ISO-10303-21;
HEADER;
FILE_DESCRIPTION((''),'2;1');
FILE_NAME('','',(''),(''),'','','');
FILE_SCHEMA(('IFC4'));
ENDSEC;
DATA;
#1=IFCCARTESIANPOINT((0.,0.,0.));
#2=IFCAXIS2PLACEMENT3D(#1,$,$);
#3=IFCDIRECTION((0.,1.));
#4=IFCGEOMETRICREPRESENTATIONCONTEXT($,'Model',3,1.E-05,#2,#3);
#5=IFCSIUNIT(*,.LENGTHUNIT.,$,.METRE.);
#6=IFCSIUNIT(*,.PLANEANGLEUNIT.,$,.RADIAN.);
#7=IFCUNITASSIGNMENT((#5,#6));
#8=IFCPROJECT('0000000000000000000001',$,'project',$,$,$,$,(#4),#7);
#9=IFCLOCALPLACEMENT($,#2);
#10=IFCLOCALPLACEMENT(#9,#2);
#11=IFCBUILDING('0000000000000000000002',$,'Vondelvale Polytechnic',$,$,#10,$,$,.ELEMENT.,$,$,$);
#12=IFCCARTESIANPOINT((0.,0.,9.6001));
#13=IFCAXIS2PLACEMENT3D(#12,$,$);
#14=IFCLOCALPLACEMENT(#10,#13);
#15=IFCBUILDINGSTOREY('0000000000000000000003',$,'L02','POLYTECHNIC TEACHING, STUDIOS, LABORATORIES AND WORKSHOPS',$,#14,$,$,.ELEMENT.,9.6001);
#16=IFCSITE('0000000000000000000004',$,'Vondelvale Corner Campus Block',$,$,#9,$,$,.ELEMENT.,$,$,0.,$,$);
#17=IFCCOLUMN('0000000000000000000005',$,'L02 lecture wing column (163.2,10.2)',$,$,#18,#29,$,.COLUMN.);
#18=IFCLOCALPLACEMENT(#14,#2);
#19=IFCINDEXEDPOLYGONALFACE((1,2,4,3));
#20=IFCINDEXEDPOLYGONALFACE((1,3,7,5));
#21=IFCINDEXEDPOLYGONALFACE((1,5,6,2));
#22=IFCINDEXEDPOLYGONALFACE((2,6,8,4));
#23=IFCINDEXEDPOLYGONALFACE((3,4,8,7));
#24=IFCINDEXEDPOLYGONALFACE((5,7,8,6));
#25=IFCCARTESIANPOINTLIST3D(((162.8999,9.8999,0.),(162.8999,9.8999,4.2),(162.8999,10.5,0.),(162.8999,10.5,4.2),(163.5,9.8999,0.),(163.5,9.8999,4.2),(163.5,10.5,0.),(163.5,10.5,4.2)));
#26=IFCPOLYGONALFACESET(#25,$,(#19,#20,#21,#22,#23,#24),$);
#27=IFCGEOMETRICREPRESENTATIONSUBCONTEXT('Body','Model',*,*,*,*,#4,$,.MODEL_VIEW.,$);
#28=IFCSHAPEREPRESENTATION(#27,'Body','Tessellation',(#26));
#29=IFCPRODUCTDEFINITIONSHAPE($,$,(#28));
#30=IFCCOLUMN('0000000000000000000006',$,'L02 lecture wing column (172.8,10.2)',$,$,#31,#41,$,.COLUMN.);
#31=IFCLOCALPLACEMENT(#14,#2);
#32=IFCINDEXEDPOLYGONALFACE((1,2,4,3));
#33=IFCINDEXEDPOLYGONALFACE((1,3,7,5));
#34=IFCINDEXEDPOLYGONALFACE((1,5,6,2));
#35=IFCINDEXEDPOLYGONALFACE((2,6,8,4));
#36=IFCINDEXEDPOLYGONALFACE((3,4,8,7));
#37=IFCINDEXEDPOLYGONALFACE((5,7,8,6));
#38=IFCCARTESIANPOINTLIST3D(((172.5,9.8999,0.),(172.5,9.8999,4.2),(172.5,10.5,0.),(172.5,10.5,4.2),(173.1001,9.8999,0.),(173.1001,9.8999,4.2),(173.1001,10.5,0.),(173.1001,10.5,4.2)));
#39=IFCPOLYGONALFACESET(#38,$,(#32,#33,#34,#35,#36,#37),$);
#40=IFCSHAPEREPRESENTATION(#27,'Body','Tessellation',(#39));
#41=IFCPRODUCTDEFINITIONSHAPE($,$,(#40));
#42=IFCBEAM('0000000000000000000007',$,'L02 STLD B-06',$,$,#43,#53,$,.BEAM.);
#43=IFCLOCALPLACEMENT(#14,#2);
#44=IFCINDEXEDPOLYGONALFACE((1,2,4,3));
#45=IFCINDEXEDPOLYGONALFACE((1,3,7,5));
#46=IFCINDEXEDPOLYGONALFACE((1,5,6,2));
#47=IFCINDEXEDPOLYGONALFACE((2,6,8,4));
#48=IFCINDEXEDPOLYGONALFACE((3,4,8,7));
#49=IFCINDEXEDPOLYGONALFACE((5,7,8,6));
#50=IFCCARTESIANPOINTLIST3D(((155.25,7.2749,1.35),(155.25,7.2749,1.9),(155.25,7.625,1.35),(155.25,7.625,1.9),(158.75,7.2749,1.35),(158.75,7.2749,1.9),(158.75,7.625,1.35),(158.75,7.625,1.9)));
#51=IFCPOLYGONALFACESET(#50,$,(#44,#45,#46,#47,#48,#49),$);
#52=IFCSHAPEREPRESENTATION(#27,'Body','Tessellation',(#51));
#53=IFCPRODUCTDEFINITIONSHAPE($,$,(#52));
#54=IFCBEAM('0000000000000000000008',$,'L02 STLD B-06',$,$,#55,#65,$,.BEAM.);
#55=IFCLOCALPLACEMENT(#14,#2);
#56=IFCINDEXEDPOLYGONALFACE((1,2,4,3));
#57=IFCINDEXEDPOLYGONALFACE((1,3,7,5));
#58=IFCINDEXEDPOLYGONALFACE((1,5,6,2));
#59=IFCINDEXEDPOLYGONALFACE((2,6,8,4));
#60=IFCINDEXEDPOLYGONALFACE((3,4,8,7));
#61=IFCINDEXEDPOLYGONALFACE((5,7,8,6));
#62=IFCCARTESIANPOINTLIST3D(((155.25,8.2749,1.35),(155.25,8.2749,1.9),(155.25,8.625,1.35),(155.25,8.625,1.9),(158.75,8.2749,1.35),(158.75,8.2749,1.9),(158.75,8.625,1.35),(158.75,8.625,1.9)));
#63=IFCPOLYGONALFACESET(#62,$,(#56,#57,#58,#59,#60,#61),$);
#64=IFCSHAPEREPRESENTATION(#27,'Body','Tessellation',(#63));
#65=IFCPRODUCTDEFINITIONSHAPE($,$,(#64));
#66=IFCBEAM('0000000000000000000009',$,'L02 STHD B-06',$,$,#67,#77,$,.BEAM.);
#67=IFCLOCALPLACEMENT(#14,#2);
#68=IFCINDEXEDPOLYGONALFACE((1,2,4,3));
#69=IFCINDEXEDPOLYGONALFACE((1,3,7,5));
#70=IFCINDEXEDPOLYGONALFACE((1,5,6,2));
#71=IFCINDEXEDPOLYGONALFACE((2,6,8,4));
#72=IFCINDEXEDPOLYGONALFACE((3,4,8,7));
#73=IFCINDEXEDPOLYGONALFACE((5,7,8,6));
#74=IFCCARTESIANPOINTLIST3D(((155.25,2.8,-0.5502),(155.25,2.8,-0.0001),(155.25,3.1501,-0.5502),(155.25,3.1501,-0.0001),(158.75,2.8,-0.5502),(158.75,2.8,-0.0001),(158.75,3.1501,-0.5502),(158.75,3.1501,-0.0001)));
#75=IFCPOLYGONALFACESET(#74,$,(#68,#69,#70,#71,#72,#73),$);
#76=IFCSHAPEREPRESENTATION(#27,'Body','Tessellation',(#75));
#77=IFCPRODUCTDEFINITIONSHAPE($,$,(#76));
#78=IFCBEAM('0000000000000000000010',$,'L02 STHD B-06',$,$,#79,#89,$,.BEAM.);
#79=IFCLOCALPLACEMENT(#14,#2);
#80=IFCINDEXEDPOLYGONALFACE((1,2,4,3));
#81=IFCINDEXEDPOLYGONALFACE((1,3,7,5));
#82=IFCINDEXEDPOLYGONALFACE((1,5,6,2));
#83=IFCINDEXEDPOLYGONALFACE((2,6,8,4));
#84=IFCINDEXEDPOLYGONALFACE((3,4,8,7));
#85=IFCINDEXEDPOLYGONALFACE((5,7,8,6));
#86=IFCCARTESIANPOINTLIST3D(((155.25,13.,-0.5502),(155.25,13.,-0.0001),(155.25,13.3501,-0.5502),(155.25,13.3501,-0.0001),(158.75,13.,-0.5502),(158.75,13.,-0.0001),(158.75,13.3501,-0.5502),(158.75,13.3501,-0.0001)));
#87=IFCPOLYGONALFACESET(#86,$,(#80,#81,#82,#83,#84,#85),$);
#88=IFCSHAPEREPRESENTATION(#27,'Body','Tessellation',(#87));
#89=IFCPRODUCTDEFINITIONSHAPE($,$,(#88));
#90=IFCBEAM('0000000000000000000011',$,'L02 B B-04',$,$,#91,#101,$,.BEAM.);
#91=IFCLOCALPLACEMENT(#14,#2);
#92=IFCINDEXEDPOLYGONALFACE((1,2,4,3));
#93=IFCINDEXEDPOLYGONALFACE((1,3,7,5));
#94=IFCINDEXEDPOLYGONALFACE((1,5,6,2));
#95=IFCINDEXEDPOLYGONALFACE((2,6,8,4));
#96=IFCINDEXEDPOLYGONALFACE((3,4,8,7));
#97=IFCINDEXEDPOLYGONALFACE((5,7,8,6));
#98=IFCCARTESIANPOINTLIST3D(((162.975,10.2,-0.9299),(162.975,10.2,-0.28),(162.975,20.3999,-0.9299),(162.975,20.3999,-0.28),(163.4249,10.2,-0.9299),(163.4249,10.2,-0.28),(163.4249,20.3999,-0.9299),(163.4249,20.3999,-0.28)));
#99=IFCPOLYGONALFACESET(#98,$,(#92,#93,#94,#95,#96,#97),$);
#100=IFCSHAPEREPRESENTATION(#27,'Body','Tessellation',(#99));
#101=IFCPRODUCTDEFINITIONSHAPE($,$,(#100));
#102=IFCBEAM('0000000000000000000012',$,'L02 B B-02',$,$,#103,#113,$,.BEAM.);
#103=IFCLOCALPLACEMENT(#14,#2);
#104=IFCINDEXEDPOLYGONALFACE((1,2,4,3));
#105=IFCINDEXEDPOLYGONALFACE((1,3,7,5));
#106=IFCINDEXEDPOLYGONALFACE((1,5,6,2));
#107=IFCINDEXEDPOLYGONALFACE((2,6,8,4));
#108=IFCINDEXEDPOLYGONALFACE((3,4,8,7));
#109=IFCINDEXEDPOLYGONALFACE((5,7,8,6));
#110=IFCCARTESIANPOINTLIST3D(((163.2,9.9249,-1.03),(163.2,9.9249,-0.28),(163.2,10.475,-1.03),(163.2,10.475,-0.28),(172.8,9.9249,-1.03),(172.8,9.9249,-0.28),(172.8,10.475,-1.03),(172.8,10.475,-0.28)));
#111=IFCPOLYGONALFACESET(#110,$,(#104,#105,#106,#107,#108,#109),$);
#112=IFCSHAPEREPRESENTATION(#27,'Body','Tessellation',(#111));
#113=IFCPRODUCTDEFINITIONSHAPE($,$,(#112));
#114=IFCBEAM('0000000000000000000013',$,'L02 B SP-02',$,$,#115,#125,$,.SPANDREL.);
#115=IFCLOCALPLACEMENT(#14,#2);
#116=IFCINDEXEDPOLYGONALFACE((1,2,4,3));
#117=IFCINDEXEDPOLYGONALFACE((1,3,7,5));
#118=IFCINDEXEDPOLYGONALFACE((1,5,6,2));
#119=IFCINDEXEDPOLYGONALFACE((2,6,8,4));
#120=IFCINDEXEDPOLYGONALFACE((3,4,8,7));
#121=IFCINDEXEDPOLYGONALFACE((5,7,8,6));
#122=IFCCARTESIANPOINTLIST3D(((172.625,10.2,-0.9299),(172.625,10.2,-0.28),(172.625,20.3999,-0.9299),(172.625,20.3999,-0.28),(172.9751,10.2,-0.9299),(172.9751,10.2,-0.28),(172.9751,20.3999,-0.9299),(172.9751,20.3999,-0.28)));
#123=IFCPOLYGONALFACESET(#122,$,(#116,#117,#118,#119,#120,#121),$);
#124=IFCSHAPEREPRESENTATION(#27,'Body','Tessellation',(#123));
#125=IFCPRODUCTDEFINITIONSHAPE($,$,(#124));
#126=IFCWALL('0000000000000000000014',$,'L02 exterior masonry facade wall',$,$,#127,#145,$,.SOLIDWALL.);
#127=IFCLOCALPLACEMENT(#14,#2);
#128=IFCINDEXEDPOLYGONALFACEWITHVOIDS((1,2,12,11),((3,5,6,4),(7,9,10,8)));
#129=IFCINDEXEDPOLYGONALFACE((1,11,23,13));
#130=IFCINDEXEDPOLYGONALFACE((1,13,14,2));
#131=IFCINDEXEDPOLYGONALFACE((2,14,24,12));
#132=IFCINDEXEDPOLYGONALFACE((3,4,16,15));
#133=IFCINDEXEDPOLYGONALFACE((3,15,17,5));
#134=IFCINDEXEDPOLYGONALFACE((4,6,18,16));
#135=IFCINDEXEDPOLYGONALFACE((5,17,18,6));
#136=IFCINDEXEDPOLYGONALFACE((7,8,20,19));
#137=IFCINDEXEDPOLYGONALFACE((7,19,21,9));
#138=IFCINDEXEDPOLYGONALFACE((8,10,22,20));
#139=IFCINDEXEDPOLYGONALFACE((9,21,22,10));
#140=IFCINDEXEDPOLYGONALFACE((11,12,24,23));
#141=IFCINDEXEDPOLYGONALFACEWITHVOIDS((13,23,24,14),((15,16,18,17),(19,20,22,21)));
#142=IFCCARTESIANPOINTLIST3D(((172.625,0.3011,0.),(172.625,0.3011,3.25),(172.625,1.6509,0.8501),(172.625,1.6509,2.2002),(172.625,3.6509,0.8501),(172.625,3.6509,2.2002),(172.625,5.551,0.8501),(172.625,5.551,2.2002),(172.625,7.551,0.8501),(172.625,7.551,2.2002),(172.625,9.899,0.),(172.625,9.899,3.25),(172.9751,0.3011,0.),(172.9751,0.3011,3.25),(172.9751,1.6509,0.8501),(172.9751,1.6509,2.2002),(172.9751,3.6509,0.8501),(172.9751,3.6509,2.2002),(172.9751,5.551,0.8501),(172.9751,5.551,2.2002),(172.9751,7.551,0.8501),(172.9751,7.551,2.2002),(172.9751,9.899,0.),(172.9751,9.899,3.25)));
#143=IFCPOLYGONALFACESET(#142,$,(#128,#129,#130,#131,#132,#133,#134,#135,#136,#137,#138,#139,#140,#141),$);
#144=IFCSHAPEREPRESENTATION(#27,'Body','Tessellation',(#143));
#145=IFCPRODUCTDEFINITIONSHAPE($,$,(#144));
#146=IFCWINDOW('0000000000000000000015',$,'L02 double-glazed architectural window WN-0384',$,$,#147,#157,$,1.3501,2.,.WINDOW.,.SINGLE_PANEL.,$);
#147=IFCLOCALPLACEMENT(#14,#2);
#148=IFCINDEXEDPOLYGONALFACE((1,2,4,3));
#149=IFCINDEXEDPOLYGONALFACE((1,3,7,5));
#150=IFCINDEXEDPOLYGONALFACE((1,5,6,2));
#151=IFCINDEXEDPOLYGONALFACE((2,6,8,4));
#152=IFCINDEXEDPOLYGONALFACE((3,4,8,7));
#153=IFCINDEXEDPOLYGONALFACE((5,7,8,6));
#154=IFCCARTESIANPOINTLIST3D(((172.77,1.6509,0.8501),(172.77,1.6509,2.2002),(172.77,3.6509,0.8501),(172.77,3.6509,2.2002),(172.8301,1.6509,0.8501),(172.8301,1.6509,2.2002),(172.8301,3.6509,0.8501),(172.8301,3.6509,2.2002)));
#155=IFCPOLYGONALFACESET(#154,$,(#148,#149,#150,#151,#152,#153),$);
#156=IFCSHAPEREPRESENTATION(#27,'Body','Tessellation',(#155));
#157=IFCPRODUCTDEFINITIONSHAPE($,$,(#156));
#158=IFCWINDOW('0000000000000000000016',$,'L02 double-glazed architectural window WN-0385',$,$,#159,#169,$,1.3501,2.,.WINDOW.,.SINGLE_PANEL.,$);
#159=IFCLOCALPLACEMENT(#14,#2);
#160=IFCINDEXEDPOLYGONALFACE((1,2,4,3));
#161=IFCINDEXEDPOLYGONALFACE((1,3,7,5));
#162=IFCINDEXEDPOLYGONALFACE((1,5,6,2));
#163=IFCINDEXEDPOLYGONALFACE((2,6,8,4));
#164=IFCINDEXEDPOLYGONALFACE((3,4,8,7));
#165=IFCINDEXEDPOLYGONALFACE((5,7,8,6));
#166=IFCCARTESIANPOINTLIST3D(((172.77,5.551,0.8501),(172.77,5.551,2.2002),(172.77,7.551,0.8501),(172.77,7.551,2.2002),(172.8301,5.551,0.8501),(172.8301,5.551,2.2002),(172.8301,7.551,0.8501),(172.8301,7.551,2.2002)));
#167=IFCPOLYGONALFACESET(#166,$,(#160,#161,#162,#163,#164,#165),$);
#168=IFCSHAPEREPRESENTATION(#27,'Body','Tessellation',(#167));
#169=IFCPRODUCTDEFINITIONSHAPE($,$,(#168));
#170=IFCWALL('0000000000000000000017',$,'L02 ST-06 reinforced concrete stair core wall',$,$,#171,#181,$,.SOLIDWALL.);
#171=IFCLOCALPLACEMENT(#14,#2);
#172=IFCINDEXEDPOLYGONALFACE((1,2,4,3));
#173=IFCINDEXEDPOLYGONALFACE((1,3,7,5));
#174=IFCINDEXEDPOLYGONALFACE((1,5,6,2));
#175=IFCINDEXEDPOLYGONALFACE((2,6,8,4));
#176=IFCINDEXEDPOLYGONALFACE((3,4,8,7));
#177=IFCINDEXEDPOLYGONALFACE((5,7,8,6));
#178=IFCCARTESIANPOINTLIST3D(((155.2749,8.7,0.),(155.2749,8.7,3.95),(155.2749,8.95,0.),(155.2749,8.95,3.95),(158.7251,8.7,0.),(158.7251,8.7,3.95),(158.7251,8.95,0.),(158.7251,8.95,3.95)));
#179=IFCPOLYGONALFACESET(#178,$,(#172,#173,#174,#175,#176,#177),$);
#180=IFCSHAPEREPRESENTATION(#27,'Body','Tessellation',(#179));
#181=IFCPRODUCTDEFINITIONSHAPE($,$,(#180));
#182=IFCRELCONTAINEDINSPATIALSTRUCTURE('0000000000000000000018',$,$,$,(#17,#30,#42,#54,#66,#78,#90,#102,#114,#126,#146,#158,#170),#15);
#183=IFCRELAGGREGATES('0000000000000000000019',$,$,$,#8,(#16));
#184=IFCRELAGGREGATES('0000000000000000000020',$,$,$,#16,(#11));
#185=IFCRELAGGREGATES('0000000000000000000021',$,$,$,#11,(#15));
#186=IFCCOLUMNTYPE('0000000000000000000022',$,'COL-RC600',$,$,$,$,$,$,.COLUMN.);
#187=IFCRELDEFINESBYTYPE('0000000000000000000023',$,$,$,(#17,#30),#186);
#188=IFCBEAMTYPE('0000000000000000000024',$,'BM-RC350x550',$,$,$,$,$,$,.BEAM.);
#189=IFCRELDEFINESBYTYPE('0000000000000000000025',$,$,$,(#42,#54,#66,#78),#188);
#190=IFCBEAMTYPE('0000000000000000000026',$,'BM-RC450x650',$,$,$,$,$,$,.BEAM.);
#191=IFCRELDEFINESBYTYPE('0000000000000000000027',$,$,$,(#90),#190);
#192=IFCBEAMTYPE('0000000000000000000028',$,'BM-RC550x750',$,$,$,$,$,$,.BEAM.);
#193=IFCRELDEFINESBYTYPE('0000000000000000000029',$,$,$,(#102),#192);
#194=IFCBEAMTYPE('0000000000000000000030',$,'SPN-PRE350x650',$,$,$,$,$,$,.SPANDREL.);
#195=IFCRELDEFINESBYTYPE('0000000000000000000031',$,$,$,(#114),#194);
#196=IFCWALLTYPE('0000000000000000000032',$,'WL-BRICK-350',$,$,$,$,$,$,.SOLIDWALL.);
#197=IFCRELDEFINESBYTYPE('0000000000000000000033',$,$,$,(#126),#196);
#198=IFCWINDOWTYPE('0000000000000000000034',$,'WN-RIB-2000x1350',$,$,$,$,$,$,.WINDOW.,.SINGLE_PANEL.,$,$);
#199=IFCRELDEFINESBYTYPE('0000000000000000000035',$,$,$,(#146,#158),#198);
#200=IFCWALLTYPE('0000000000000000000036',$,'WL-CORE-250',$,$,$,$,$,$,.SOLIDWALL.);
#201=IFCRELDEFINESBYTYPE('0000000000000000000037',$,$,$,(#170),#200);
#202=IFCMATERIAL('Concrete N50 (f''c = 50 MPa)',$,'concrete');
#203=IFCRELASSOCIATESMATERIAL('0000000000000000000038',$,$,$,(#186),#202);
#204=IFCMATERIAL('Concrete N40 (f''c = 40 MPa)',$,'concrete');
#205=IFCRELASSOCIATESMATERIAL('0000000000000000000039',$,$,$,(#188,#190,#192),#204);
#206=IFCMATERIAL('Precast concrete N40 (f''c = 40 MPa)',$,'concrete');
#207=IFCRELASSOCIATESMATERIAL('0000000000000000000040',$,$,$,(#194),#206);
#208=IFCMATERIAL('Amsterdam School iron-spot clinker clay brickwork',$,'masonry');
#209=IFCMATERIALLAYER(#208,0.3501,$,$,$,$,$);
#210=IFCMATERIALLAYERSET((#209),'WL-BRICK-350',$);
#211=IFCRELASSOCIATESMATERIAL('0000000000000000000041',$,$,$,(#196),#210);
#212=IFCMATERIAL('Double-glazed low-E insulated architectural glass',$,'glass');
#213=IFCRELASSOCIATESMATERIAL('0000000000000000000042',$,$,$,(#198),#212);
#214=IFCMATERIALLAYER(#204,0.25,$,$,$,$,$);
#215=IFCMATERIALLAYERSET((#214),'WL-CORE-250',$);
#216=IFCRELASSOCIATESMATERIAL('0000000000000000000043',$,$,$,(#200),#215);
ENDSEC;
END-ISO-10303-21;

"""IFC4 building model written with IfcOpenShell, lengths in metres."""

from ifc_helpers import new_model, si_unit, direction, frame, frame_2d, origin, origin_2d, place, context, subcontext, project, spatial, rectangle, extrude, material, layer, layer_set, material_profile, profile_set, type_object, element, fill, save


model = new_model("IFC4")

# Units and contexts
model_context = context("Model", 3, precision=1e-05, world=origin(), true_north=direction((0.0, 1.0)))
body_context = subcontext(model_context, "Body", "Model", "MODEL_VIEW")
ifc_project = project(units=[si_unit("LENGTHUNIT", "METRE"), si_unit("PLANEANGLEUNIT", "RADIAN")], contexts=[model_context])

# Site, building, storey
site_placement = place(None, origin())
site = spatial("IfcSite", under=ifc_project, at=site_placement, Name="Vondelvale Corner Campus Block", CompositionType="ELEMENT", RefElevation=0.0)
building_placement = place(site_placement, origin())
building = spatial("IfcBuilding", under=site, at=building_placement, Name="Vondelvale Polytechnic", CompositionType="ELEMENT")
storey_placement = place(building_placement, frame((0.0, 0.0, 9.6001)))
storey = spatial("IfcBuildingStorey", under=building, at=storey_placement, Name="L02", Description="POLYTECHNIC TEACHING, STUDIOS, LABORATORIES AND WORKSHOPS", CompositionType="ELEMENT", Elevation=9.6001)

# Columns
ifc_material_1 = material(Name="Concrete N50 (f'c = 50 MPa)", Category="concrete")
ifc_material_profile_1 = material_profile(ifc_material_1, rectangle(XDim=0.6001, YDim=0.6001, at=origin_2d()), Name="RC-COL-600x600")
ifc_profile_set_1 = profile_set([ifc_material_profile_1], Name="Concrete N50 (f'c = 50 MPa)")
column_type = type_object("IfcColumnType", Name="COL-RC600", PredefinedType="COLUMN", material=ifc_profile_set_1)
for number, where, z_axis, x_axis, name in (
    (1, (163.2, 10.2, 0.0), (0.0, 0.0, 1.0), (1.0, 0.0, 0.0), "L02 lecture wing column (163.2,10.2)"),
    (2, (172.8, 10.2, 0.0), (0.0, 0.0, 1.0), (1.0, 0.0, 0.0), "L02 lecture wing column (172.8,10.2)"),
):
    element("IfcColumn", number, at=place(storey_placement, frame(where, z_axis=z_axis, x_axis=x_axis)), inside=storey, type_object=column_type, Name=name, PredefinedType="COLUMN", context=body_context, shape_type="SweptSolid", body=[
        extrude(rectangle(XDim=0.6001, YDim=0.6001, at=origin_2d()), origin(), (0.0, 0.0, 1.0), 4.2),
    ])

# Beams
ifc_material_2 = material(Name="Concrete N40 (f'c = 40 MPa)", Category="concrete")
ifc_material_profile_2 = material_profile(ifc_material_2, rectangle(XDim=0.3501, YDim=0.55, at=origin_2d()), Name="RC-BM-350x550")
ifc_profile_set_2 = profile_set([ifc_material_profile_2], Name="Concrete N40 (f'c = 40 MPa)")
beam_type_1 = type_object("IfcBeamType", Name="BM-RC350x550", PredefinedType="BEAM", material=ifc_profile_set_2)
for number, where, z_axis, x_axis, name in (
    (3, (158.75, 7.45, 1.625), (-1.0, 0.0, 0.0), (0.0, -1.0, 0.0), "L02 STLD B-06"),
    (4, (158.75, 8.45, 1.625), (-1.0, 0.0, 0.0), (0.0, -1.0, 0.0), "L02 STLD B-06"),
    (5, (158.75, 2.9751, -0.2751), (-1.0, 0.0, 0.0), (0.0, -1.0, 0.0), "L02 STHD B-06"),
    (6, (158.75, 13.175, -0.2751), (-1.0, 0.0, 0.0), (0.0, -1.0, 0.0), "L02 STHD B-06"),
):
    element("IfcBeam", number, at=place(storey_placement, frame(where, z_axis=z_axis, x_axis=x_axis)), inside=storey, type_object=beam_type_1, Name=name, PredefinedType="BEAM", context=body_context, shape_type="SweptSolid", body=[
        extrude(rectangle(XDim=0.3501, YDim=0.55, at=origin_2d()), origin(), (0.0, 0.0, 1.0), 3.5),
    ])
ifc_material_profile_3 = material_profile(ifc_material_2, rectangle(XDim=0.45, YDim=0.6499, at=origin_2d()), Name="RC-BM-450x650")
ifc_profile_set_3 = profile_set([ifc_material_profile_3], Name="Concrete N40 (f'c = 40 MPa)")
beam_type_2 = type_object("IfcBeamType", Name="BM-RC450x650", PredefinedType="BEAM", material=ifc_profile_set_3)
beam_1_placement = place(storey_placement, frame((163.2, 10.2, -0.605), z_axis=(0.0, 1.0, 0.0), x_axis=(-1.0, 0.0, 0.0)))
element("IfcBeam", 7, at=beam_1_placement, inside=storey, type_object=beam_type_2, Name="L02 B B-04", PredefinedType="BEAM", context=body_context, shape_type="SweptSolid", body=[
    extrude(rectangle(XDim=0.45, YDim=0.6499, at=origin_2d()), origin(), (0.0, 0.0, 1.0), 10.2),
])
ifc_material_profile_4 = material_profile(ifc_material_2, rectangle(XDim=0.55, YDim=0.75, at=origin_2d()), Name="RC-BM-550x750")
ifc_profile_set_4 = profile_set([ifc_material_profile_4], Name="Concrete N40 (f'c = 40 MPa)")
beam_type_3 = type_object("IfcBeamType", Name="BM-RC550x750", PredefinedType="BEAM", material=ifc_profile_set_4)
beam_2_placement = place(storey_placement, frame((163.2, 10.2, -0.655), z_axis=(1.0, 0.0, 0.0), x_axis=(0.0, 1.0, 0.0)))
element("IfcBeam", 8, at=beam_2_placement, inside=storey, type_object=beam_type_3, Name="L02 B B-02", PredefinedType="BEAM", context=body_context, shape_type="SweptSolid", body=[
    extrude(rectangle(XDim=0.55, YDim=0.75, at=origin_2d()), origin(), (0.0, 0.0, 1.0), 9.6001),
])
ifc_material_3 = material(Name="Precast concrete N40 (f'c = 40 MPa)", Category="concrete")
ifc_material_profile_5 = material_profile(ifc_material_3, rectangle(XDim=0.3501, YDim=0.6499, at=origin_2d()), Name="RC-SPN-350x650")
ifc_profile_set_5 = profile_set([ifc_material_profile_5], Name="Precast concrete N40 (f'c = 40 MPa)")
beam_type_4 = type_object("IfcBeamType", Name="SPN-PRE350x650", PredefinedType="SPANDREL", material=ifc_profile_set_5)
beam_3_placement = place(storey_placement, frame((172.8, 10.2, -0.605), z_axis=(0.0, 1.0, 0.0), x_axis=(-1.0, 0.0, 0.0)))
element("IfcBeam", 9, at=beam_3_placement, inside=storey, type_object=beam_type_4, Name="L02 B SP-02", PredefinedType="SPANDREL", context=body_context, shape_type="SweptSolid", body=[
    extrude(rectangle(XDim=0.3501, YDim=0.6499, at=origin_2d()), origin(), (0.0, 0.0, 1.0), 10.2),
])

# Wall, openings, windows
ifc_material_4 = material(Name="Amsterdam School iron-spot clinker clay brickwork", Category="masonry")
ifc_layer_1 = layer(ifc_material_4, 0.3501)
ifc_layer_set_1 = layer_set([ifc_layer_1], Name="WL-BRICK-350")
wall_type_1 = type_object("IfcWallType", Name="WL-BRICK-350", PredefinedType="SOLIDWALL", material=ifc_layer_set_1)
wall_1_placement = place(storey_placement, frame((172.8, 9.8989, 0.0), z_axis=(0.0, 0.0, 1.0), x_axis=(0.0, -1.0, 0.0)))
wall_1 = element("IfcWall", 10, at=wall_1_placement, inside=storey, type_object=wall_type_1, Name="L02 exterior masonry facade wall", PredefinedType="SOLIDWALL", context=body_context, shape_type="SweptSolid", body=[
    extrude(rectangle(XDim=9.5979, YDim=0.3501, at=frame_2d((4.7988, 0.0))), origin(), (0.0, 0.0, 1.0), 3.25),
])
opening_1_placement = place(wall_1_placement, frame((6.248, 0.0, 0.8501)))
opening_1 = element("IfcOpeningElement", 11, at=opening_1_placement, cuts=wall_1, PredefinedType="OPENING", context=body_context, shape_type="SweptSolid", body=[
    extrude(rectangle(XDim=2.0, YDim=1.3501, at=frame_2d((1.0, 0.675))), frame((0.0, 0.1851, 0.0), z_axis=(0.0, -1.0, 0.0), x_axis=(1.0, 0.0, 0.0)), (0.0, 0.0, 1.0), 0.3701),
])
opening_2_placement = place(wall_1_placement, frame((2.3479, 0.0, 0.8501)))
opening_2 = element("IfcOpeningElement", 12, at=opening_2_placement, cuts=wall_1, PredefinedType="OPENING", context=body_context, shape_type="SweptSolid", body=[
    extrude(rectangle(XDim=2.0, YDim=1.3501, at=frame_2d((1.0, 0.675))), frame((0.0, 0.1851, 0.0), z_axis=(0.0, -1.0, 0.0), x_axis=(1.0, 0.0, 0.0)), (0.0, 0.0, 1.0), 0.3701),
])
ifc_material_5 = material(Name="Double-glazed low-E insulated architectural glass", Category="glass")
window_type = type_object("IfcWindowType", Name="WN-RIB-2000x1350", PartitioningType="SINGLE_PANEL", PredefinedType="WINDOW", material=ifc_material_5)
window_1_placement = place(opening_1_placement, origin())
window_1 = element("IfcWindow", 13, at=window_1_placement, inside=storey, type_object=window_type, Name="L02 double-glazed architectural window WN-0384", OverallHeight=1.3501, OverallWidth=2.0, PartitioningType="SINGLE_PANEL", PredefinedType="WINDOW", context=body_context, shape_type="SweptSolid", body=[
    extrude(rectangle(XDim=2.0, YDim=1.3501, at=frame_2d((1.0, 0.675))), frame((0.0, 0.03, 0.0), z_axis=(0.0, -1.0, 0.0), x_axis=(1.0, 0.0, 0.0)), (0.0, 0.0, 1.0), 0.0601),
])
fill(opening_1, window_1)
window_2_placement = place(opening_2_placement, origin())
window_2 = element("IfcWindow", 14, at=window_2_placement, inside=storey, type_object=window_type, Name="L02 double-glazed architectural window WN-0385", OverallHeight=1.3501, OverallWidth=2.0, PartitioningType="SINGLE_PANEL", PredefinedType="WINDOW", context=body_context, shape_type="SweptSolid", body=[
    extrude(rectangle(XDim=2.0, YDim=1.3501, at=frame_2d((1.0, 0.675))), frame((0.0, 0.03, 0.0), z_axis=(0.0, -1.0, 0.0), x_axis=(1.0, 0.0, 0.0)), (0.0, 0.0, 1.0), 0.0601),
])
fill(opening_2, window_2)

# Wall
ifc_layer_2 = layer(ifc_material_2, 0.25)
ifc_layer_set_2 = layer_set([ifc_layer_2], Name="WL-CORE-250")
wall_type_2 = type_object("IfcWallType", Name="WL-CORE-250", PredefinedType="SOLIDWALL", material=ifc_layer_set_2)
wall_2_placement = place(storey_placement, frame((158.7251, 8.825, 0.0), z_axis=(0.0, 0.0, 1.0), x_axis=(-1.0, 0.0, 0.0)))
element("IfcWall", 15, at=wall_2_placement, inside=storey, type_object=wall_type_2, Name="L02 ST-06 reinforced concrete stair core wall", PredefinedType="SOLIDWALL", context=body_context, shape_type="SweptSolid", body=[
    extrude(rectangle(XDim=3.4502, YDim=0.25, at=frame_2d((1.7251, 0.0))), origin(), (0.0, 0.0, 1.0), 3.95),
])

save(model, "model.ifc")
